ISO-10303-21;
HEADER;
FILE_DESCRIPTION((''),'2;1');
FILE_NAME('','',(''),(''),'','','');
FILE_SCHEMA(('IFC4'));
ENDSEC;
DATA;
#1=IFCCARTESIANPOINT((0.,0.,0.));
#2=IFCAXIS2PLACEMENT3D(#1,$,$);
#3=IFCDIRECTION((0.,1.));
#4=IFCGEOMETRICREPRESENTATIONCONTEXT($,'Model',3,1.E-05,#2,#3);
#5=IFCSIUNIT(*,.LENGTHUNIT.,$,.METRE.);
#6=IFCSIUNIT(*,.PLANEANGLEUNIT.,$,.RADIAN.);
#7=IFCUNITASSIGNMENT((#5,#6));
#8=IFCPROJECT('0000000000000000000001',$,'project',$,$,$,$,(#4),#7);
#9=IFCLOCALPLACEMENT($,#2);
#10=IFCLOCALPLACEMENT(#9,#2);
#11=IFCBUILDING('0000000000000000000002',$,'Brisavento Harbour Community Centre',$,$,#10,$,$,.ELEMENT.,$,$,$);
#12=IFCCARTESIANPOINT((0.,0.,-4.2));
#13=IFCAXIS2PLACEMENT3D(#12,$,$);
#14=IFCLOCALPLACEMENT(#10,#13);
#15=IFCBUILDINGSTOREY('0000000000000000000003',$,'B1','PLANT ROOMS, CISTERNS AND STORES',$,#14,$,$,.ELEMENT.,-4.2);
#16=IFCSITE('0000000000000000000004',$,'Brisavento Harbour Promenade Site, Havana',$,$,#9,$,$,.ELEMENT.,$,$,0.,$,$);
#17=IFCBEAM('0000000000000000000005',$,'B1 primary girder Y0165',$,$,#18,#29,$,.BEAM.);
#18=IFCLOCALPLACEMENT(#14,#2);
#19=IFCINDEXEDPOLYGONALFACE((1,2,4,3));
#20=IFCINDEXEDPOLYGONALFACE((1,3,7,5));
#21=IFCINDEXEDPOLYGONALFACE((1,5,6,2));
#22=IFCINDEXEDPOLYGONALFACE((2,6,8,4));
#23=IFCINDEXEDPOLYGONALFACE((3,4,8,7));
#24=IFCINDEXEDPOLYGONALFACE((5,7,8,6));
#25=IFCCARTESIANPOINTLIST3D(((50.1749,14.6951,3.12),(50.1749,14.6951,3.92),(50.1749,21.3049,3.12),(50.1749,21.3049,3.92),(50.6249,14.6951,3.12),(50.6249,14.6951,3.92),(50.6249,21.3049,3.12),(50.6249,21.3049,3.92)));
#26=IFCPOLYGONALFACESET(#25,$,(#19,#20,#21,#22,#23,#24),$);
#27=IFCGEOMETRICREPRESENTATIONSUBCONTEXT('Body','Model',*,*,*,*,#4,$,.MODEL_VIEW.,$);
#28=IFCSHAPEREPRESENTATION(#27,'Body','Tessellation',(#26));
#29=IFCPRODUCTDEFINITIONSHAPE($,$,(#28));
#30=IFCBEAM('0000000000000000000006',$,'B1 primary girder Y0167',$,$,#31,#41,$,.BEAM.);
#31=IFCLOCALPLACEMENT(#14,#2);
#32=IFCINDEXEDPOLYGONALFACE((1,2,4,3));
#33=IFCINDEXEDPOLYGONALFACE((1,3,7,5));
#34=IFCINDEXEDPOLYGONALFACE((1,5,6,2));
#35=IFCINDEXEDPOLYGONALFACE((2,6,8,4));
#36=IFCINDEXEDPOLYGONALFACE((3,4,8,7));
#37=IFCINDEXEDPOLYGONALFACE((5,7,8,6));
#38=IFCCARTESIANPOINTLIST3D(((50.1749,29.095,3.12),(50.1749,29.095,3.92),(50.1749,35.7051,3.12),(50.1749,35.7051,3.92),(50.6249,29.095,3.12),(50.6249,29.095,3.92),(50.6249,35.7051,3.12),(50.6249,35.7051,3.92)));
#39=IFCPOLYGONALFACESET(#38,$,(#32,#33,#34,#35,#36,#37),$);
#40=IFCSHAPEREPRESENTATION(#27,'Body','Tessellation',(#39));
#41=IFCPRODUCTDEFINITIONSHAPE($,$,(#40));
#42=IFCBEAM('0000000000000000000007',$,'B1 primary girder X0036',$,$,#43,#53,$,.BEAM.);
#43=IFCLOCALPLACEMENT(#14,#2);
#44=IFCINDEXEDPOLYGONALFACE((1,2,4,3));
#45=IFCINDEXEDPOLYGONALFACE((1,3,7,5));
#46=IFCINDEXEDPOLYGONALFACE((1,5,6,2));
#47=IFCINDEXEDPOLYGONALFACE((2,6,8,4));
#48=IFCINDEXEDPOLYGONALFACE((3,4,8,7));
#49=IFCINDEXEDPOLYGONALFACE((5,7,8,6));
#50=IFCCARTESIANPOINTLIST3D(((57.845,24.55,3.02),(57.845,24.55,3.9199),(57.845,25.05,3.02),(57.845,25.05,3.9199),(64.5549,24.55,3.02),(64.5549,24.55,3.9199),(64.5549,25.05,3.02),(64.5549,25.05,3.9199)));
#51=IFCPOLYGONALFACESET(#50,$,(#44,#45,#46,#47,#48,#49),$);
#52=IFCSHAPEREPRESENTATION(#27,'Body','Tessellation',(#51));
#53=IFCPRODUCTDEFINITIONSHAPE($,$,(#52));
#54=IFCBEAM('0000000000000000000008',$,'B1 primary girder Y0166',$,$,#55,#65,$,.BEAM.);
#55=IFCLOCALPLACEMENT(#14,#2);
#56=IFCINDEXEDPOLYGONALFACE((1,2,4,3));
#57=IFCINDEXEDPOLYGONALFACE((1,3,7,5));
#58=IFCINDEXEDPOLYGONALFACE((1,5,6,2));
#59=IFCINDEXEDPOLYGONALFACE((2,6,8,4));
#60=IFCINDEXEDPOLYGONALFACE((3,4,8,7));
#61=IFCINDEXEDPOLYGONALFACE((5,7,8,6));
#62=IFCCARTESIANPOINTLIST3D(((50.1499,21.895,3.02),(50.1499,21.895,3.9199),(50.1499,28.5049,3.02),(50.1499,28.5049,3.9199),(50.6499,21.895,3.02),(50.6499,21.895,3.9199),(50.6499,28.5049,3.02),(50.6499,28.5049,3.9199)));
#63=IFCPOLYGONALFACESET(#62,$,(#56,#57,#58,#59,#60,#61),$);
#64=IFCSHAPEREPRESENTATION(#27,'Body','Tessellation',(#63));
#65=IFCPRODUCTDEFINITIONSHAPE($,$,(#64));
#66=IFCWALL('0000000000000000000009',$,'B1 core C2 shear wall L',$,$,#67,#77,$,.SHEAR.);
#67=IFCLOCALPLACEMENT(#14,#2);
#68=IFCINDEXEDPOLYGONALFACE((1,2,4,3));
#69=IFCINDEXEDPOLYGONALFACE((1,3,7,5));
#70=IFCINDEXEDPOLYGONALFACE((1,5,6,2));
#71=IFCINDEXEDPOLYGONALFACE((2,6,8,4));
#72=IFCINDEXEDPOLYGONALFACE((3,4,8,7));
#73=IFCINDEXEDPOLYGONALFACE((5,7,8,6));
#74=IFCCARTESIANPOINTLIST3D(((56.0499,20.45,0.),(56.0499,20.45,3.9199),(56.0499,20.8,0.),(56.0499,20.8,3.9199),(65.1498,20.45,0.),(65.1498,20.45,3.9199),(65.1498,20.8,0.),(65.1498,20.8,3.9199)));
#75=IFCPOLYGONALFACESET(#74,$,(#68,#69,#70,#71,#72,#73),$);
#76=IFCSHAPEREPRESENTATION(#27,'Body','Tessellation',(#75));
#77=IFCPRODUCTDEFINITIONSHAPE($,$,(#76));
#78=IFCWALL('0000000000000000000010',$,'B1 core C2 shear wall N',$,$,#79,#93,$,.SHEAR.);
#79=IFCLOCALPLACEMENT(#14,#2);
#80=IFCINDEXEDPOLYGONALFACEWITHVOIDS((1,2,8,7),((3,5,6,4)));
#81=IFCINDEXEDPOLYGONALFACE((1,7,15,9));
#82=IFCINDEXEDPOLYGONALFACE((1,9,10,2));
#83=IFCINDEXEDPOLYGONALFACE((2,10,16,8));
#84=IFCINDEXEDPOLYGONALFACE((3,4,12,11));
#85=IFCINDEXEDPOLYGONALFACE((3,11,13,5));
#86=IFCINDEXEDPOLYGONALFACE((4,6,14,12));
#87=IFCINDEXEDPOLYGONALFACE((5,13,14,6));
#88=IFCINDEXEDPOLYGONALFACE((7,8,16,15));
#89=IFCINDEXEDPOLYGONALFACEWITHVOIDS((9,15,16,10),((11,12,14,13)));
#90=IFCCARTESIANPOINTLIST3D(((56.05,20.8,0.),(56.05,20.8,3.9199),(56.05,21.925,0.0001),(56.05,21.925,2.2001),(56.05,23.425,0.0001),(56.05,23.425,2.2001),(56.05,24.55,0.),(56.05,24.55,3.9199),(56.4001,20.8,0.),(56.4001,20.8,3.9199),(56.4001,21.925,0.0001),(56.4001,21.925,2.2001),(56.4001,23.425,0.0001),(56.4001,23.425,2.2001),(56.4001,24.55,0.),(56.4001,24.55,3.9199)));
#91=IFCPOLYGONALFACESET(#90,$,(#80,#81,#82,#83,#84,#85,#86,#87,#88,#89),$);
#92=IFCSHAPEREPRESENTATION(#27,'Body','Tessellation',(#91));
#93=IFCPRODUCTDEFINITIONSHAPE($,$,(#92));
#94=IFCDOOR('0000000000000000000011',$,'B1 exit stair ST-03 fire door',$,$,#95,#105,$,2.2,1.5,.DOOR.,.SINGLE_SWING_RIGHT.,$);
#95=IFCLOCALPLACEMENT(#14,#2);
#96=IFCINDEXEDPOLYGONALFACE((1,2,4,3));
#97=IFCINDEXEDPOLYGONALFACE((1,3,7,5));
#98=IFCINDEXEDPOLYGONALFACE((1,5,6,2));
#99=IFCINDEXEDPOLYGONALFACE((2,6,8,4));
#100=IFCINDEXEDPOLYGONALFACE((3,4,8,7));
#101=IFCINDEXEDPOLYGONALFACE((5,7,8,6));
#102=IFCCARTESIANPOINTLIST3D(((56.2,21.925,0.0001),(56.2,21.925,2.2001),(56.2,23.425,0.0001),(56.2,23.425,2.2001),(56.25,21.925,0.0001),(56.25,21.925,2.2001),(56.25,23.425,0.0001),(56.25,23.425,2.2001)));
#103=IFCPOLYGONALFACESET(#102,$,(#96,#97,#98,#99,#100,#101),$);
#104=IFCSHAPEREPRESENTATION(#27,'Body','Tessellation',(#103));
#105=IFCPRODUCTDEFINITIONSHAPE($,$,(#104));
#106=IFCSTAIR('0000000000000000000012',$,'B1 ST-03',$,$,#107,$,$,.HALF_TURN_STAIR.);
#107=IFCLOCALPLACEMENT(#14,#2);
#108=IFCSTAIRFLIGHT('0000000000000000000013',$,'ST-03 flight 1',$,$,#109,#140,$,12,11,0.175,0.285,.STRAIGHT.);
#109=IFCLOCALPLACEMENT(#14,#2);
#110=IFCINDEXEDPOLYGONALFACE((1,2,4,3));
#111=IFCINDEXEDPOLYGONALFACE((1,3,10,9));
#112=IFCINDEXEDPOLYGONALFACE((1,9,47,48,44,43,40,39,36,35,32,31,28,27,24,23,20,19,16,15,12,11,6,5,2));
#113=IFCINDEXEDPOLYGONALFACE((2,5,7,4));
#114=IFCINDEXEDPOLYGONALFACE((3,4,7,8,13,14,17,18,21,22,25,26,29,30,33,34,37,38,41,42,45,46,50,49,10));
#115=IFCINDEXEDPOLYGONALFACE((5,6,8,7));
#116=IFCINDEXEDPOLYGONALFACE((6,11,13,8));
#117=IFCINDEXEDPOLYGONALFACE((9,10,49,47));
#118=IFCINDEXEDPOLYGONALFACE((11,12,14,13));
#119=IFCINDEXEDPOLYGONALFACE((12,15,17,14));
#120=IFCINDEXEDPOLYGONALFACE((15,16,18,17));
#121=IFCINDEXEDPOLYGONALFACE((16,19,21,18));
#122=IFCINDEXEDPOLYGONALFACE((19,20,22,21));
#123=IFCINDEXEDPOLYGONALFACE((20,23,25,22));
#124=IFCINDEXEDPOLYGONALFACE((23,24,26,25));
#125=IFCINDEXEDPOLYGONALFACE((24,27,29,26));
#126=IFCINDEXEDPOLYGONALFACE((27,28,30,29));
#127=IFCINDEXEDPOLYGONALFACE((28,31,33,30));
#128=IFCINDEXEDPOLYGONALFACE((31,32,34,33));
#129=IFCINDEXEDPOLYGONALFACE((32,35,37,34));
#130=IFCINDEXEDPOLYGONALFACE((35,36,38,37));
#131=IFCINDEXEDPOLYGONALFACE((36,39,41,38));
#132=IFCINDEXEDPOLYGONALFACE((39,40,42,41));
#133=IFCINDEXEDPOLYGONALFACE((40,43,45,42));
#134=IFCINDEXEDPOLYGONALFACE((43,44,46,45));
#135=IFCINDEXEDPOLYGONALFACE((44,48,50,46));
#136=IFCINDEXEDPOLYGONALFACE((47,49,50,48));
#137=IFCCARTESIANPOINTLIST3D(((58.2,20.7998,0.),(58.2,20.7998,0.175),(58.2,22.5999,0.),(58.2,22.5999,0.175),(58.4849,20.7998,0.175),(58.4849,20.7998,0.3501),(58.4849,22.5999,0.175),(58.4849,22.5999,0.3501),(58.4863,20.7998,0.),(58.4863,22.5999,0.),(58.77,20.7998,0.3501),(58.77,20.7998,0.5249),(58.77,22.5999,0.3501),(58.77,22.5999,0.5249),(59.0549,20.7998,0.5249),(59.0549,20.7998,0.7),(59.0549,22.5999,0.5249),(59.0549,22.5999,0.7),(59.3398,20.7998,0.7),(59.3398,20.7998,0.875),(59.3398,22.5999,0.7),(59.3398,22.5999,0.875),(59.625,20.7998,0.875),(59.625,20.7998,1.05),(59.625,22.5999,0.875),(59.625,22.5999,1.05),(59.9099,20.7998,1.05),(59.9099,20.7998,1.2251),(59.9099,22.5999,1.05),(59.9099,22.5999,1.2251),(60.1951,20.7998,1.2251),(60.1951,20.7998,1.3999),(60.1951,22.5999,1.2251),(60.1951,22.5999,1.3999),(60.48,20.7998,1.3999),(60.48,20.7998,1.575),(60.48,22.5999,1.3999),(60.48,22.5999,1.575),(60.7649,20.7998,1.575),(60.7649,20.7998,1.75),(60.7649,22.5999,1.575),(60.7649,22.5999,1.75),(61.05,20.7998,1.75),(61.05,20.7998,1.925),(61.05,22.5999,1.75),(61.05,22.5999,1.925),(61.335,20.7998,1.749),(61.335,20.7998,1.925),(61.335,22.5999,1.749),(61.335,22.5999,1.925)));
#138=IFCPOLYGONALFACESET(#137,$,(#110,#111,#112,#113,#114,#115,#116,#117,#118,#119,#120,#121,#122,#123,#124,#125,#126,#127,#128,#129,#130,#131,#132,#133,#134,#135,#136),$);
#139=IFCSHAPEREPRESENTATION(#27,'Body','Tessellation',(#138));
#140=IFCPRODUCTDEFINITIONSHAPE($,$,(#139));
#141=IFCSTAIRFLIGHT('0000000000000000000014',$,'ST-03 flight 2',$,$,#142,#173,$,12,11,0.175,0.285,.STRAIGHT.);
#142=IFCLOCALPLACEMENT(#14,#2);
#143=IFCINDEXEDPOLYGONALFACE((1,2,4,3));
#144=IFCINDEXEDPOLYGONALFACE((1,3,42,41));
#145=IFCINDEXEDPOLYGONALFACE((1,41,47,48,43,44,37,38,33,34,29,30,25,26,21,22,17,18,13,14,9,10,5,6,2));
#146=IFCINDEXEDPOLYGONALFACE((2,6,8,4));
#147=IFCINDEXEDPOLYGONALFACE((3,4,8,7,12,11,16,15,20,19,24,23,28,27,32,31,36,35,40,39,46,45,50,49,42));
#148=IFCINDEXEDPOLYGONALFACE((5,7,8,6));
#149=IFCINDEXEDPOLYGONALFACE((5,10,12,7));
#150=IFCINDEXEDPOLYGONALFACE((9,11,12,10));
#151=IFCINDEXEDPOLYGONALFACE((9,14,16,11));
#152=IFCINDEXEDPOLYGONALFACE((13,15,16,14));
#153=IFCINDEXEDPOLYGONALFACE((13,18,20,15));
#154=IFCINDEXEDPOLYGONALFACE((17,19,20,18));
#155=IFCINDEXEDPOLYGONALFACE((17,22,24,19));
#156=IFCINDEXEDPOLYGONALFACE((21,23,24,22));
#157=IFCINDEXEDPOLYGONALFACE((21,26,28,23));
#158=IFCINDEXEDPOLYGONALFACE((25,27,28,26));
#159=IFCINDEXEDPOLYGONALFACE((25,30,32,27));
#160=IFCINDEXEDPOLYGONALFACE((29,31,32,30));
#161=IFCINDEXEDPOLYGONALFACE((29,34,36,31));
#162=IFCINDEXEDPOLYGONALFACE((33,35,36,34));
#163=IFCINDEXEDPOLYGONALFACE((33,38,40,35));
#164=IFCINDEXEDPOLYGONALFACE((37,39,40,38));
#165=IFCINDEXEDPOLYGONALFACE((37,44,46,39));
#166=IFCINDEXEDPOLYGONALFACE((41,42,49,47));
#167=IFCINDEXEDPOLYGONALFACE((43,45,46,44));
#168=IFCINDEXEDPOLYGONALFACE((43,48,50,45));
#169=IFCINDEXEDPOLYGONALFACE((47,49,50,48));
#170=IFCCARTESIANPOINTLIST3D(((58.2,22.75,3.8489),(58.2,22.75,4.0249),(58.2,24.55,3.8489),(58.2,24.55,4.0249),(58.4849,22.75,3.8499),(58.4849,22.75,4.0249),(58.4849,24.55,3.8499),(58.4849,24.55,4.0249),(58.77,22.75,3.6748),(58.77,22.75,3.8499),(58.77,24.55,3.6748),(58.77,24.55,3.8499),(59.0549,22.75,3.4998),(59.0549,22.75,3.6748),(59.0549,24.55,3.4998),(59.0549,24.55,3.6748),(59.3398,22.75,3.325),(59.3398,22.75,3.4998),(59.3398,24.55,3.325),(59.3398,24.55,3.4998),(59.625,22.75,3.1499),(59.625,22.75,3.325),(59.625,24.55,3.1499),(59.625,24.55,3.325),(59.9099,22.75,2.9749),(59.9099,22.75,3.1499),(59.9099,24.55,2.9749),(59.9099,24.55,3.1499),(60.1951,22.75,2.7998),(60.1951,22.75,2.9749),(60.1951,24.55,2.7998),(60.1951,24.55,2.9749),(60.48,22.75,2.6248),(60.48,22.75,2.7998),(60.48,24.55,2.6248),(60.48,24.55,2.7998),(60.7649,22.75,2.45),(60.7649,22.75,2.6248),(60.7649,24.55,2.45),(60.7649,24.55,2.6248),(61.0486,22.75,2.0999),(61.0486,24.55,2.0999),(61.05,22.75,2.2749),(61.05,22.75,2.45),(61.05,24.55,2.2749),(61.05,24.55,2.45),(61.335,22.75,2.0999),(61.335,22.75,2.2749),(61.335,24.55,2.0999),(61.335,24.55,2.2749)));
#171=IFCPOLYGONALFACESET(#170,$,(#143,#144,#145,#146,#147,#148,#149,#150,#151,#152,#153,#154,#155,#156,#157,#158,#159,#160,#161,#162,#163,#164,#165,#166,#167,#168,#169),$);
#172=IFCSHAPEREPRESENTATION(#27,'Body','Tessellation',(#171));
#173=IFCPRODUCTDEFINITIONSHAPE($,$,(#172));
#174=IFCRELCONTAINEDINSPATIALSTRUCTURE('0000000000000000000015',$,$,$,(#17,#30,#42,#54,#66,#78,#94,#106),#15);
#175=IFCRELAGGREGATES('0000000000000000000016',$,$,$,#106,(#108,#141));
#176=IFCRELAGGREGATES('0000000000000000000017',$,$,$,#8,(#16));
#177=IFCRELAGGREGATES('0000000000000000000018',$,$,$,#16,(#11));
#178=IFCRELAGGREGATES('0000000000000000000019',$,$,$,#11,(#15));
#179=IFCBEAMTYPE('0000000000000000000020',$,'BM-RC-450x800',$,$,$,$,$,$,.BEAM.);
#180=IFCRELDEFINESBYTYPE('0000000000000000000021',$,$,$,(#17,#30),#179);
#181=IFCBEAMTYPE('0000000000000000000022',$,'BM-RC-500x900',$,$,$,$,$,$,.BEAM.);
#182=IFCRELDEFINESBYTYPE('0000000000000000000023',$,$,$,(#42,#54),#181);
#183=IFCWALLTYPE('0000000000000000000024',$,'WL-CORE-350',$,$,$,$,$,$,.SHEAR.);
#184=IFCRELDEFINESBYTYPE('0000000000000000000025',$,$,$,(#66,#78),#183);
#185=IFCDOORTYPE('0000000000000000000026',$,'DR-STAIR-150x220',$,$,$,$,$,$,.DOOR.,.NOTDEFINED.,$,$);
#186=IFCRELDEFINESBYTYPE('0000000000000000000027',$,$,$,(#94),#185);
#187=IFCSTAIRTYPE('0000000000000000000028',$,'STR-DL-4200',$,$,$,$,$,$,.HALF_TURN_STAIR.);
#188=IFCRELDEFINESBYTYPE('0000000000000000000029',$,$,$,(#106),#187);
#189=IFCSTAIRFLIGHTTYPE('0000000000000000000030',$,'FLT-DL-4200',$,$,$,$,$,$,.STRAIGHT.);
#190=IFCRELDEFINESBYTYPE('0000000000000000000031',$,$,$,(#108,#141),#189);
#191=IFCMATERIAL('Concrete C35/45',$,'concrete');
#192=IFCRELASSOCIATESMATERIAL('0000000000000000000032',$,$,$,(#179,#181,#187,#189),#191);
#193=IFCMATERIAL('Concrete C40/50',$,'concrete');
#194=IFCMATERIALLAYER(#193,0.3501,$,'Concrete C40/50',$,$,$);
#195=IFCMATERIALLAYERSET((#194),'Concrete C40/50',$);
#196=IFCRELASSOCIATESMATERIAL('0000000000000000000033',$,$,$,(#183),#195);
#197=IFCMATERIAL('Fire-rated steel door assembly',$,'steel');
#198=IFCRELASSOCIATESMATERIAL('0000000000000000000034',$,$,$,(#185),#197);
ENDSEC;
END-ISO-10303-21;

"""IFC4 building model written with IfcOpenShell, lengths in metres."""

from ifc_helpers import new_model, si_unit, direction, frame, frame_2d, origin, origin_2d, place, context, subcontext, project, spatial, polyline, rectangle, outline, extrude, material, layer, layer_set, material_profile, profile_set, type_object, element, fill, aggregate, save


model = new_model("IFC4")

# Units and contexts
model_context = context("Model", 3, precision=1e-05, world=origin(), true_north=direction((0.0, 1.0)))
body_context = subcontext(model_context, "Body", "Model", "MODEL_VIEW")
ifc_project = project(units=[si_unit("LENGTHUNIT", "METRE"), si_unit("PLANEANGLEUNIT", "RADIAN")], contexts=[model_context])

# Site, building, storey
site_placement = place(None, origin())
site = spatial("IfcSite", under=ifc_project, at=site_placement, Name="Brisavento Harbour Promenade Site, Havana", CompositionType="ELEMENT", RefElevation=0.0)
building_placement = place(site_placement, origin())
building = spatial("IfcBuilding", under=site, at=building_placement, Name="Brisavento Harbour Community Centre", CompositionType="ELEMENT")
storey_placement = place(building_placement, frame((0.0, 0.0, -4.2)))
storey = spatial("IfcBuildingStorey", under=building, at=storey_placement, Name="B1", Description="PLANT ROOMS, CISTERNS AND STORES", CompositionType="ELEMENT", Elevation=-4.2)

# Shared definitions
ifc_material_1 = material(Name="Concrete C35/45", Category="concrete")

# Shared definitions
ifc_material_2 = material(Name="Concrete C40/50", Category="concrete")

# Beams
ifc_material_profile_1 = material_profile(ifc_material_1, rectangle(XDim=0.45, YDim=0.8, at=origin_2d()), Name="Concrete C35/45")
ifc_profile_set_1 = profile_set([ifc_material_profile_1], Name="Concrete C35/45")
beam_type_1 = type_object("IfcBeamType", Name="BM-RC-450x800", PredefinedType="BEAM", material=ifc_profile_set_1)
beam_1_placement = place(storey_placement, frame((50.3999, 14.6951, 3.52), z_axis=(0.0, 1.0, 0.0), x_axis=(-1.0, 0.0, 0.0)))
element("IfcBeam", 1, at=beam_1_placement, inside=storey, type_object=beam_type_1, Name="B1 primary girder Y0165", PredefinedType="BEAM", context=body_context, shape_type="SweptSolid", body=[
    extrude(rectangle(XDim=0.45, YDim=0.8, at=origin_2d()), origin(), (0.0, 0.0, 1.0), 6.6099),
])
beam_2_placement = place(storey_placement, frame((50.3999, 29.095, 3.52), z_axis=(0.0, 1.0, 0.0), x_axis=(-1.0, 0.0, 0.0)))
element("IfcBeam", 2, at=beam_2_placement, inside=storey, type_object=beam_type_1, Name="B1 primary girder Y0167", PredefinedType="BEAM", context=body_context, shape_type="SweptSolid", body=[
    extrude(rectangle(XDim=0.45, YDim=0.8, at=origin_2d()), origin(), (0.0, 0.0, 1.0), 6.6101),
])
ifc_material_profile_2 = material_profile(ifc_material_1, rectangle(XDim=0.5, YDim=0.8999, at=origin_2d()), Name="Concrete C35/45")
ifc_profile_set_2 = profile_set([ifc_material_profile_2], Name="Concrete C35/45")
beam_type_2 = type_object("IfcBeamType", Name="BM-RC-500x900", PredefinedType="BEAM", material=ifc_profile_set_2)
beam_3_placement = place(storey_placement, frame((57.845, 24.8, 3.47), z_axis=(1.0, 0.0, 0.0), x_axis=(0.0, 1.0, 0.0)))
element("IfcBeam", 3, at=beam_3_placement, inside=storey, type_object=beam_type_2, Name="B1 primary girder X0036", PredefinedType="BEAM", context=body_context, shape_type="SweptSolid", body=[
    extrude(rectangle(XDim=0.5, YDim=0.8999, at=origin_2d()), origin(), (0.0, 0.0, 1.0), 6.71),
])
beam_4_placement = place(storey_placement, frame((50.3999, 21.895, 3.47), z_axis=(0.0, 1.0, 0.0), x_axis=(-1.0, 0.0, 0.0)))
element("IfcBeam", 4, at=beam_4_placement, inside=storey, type_object=beam_type_2, Name="B1 primary girder Y0166", PredefinedType="BEAM", context=body_context, shape_type="SweptSolid", body=[
    extrude(rectangle(XDim=0.5, YDim=0.8999, at=origin_2d()), origin(), (0.0, 0.0, 1.0), 6.6099),
])

# Wall
ifc_layer = layer(ifc_material_2, 0.3501, Name="Concrete C40/50")
ifc_layer_set = layer_set([ifc_layer], Name="Concrete C40/50")
wall_type = type_object("IfcWallType", Name="WL-CORE-350", PredefinedType="SHEAR", material=ifc_layer_set)
wall_1_placement = place(storey_placement, frame((56.05, 20.625, 0.0), z_axis=(0.0, 0.0, 1.0), x_axis=(1.0, 0.0, 0.0)))
element("IfcWall", 5, at=wall_1_placement, inside=storey, type_object=wall_type, Name="B1 core C2 shear wall L", PredefinedType="SHEAR", context=body_context, shape_type="SweptSolid", body=[
    extrude(rectangle(XDim=9.0999, YDim=0.3501, at=frame_2d((4.5498, 0.0))), origin(), (0.0, 0.0, 1.0), 3.9199),
])

# Wall, opening, door
wall_2_placement = place(storey_placement, frame((56.2251, 24.55, 0.0), z_axis=(0.0, 0.0, 1.0), x_axis=(0.0, -1.0, 0.0)))
wall_2 = element("IfcWall", 6, at=wall_2_placement, inside=storey, type_object=wall_type, Name="B1 core C2 shear wall N", PredefinedType="SHEAR", context=body_context, shape_type="SweptSolid", body=[
    extrude(rectangle(XDim=3.75, YDim=0.3501, at=frame_2d((1.875, 0.0))), origin(), (0.0, 0.0, 1.0), 3.9199),
])
opening_placement = place(wall_2_placement, frame((1.125, 0.0, 0.0)))
opening = element("IfcOpeningElement", 7, at=opening_placement, cuts=wall_2, PredefinedType="OPENING", context=body_context, shape_type="SweptSolid", body=[
    extrude(rectangle(XDim=1.5, YDim=2.2, at=frame_2d((0.75, 1.1001))), frame((0.0, 0.1851, 0.0), z_axis=(0.0, -1.0, 0.0), x_axis=(1.0, 0.0, 0.0)), (0.0, 0.0, 1.0), 0.3701),
])
ifc_material_3 = material(Name="Fire-rated steel door assembly", Category="steel")
door_type = type_object("IfcDoorType", Name="DR-STAIR-150x220", OperationType="NOTDEFINED", PredefinedType="DOOR", material=ifc_material_3)
door_placement = place(opening_placement, origin())
door = element("IfcDoor", 8, at=door_placement, inside=storey, type_object=door_type, Name="B1 exit stair ST-03 fire door", OperationType="SINGLE_SWING_RIGHT", OverallHeight=2.2, OverallWidth=1.5, PredefinedType="DOOR", context=body_context, shape_type="SweptSolid", body=[
    extrude(rectangle(XDim=1.5, YDim=2.2, at=frame_2d((0.75, 1.1001))), frame((0.0, 0.0249, 0.0), z_axis=(0.0, -1.0, 0.0), x_axis=(1.0, 0.0, 0.0)), (0.0, 0.0, 1.0), 0.05),
])
fill(opening, door)

# Stair, stair flights
stair_type = type_object("IfcStairType", Name="STR-DL-4200", PredefinedType="HALF_TURN_STAIR", material=ifc_material_1)
stair_placement = place(storey_placement, origin())
stair = element("IfcStair", 9, at=stair_placement, inside=storey, type_object=stair_type, Name="B1 ST-03", PredefinedType="HALF_TURN_STAIR")
stair_flight_type = type_object("IfcStairFlightType", Name="FLT-DL-4200", PredefinedType="STRAIGHT", material=ifc_material_1)
stair_flight_1_placement = place(storey_placement, frame((58.2, 21.7, 0.0), z_axis=(0.0, 0.0, 1.0), x_axis=(1.0, 0.0, 0.0)))
stair_flight_1 = element("IfcStairFlight", 10, at=stair_flight_1_placement, type_object=stair_flight_type, Name="ST-03 flight 1", NumberOfRisers=12, NumberOfTreads=11, PredefinedType="STRAIGHT", RiserHeight=0.175, TreadLength=0.285, context=body_context, shape_type="SweptSolid", body=[
    extrude(outline(polyline([(0.0, 0.0), (0.0, 0.175), (0.2849, 0.175), (0.2849, 0.3501), (0.5701, 0.3501), (0.5701, 0.5249), (0.855, 0.5249), (0.855, 0.7), (1.1399, 0.7), (1.1399, 0.875), (1.425, 0.875), (1.425, 1.05), (1.71, 1.05), (1.71, 1.2251), (1.9951, 1.2251), (1.9951, 1.3999), (2.28, 1.3999), (2.28, 1.575), (2.5649, 1.575), (2.5649, 1.75), (2.8501, 1.75), (2.8501, 1.925), (3.135, 1.925), (3.135, 2.1001), (3.135, 1.749), (0.2864, 0.0), (0.0, 0.0)])), frame((0.0, 0.8999, 0.0), z_axis=(0.0, -1.0, 0.0), x_axis=(1.0, 0.0, 0.0)), (0.0, 0.0, 1.0), 1.8),
])
stair_flight_2_placement = place(storey_placement, frame((61.335, 23.6499, 2.0999), z_axis=(0.0, 0.0, 1.0), x_axis=(-1.0, 0.0, 0.0)))
stair_flight_2 = element("IfcStairFlight", 11, at=stair_flight_2_placement, type_object=stair_flight_type, Name="ST-03 flight 2", NumberOfRisers=12, NumberOfTreads=11, PredefinedType="STRAIGHT", RiserHeight=0.175, TreadLength=0.285, context=body_context, shape_type="SweptSolid", body=[
    extrude(outline(polyline([(0.0, 0.0), (0.0, 0.175), (0.2849, 0.175), (0.2849, 0.3501), (0.5701, 0.3501), (0.5701, 0.5249), (0.855, 0.5249), (0.855, 0.7), (1.1399, 0.7), (1.1399, 0.875), (1.425, 0.875), (1.425, 1.05), (1.71, 1.05), (1.71, 1.2251), (1.9951, 1.2251), (1.9951, 1.3999), (2.28, 1.3999), (2.28, 1.575), (2.5649, 1.575), (2.5649, 1.75), (2.8501, 1.75), (2.8501, 1.925), (3.135, 1.925), (3.135, 2.1001), (3.135, 1.749), (0.2864, 0.0), (0.0, 0.0)])), frame((0.0, 0.8999, 0.0), z_axis=(0.0, -1.0, 0.0), x_axis=(1.0, 0.0, 0.0)), (0.0, 0.0, 1.0), 1.8),
])
aggregate(stair, [stair_flight_1, stair_flight_2])

save(model, "model.ifc")
